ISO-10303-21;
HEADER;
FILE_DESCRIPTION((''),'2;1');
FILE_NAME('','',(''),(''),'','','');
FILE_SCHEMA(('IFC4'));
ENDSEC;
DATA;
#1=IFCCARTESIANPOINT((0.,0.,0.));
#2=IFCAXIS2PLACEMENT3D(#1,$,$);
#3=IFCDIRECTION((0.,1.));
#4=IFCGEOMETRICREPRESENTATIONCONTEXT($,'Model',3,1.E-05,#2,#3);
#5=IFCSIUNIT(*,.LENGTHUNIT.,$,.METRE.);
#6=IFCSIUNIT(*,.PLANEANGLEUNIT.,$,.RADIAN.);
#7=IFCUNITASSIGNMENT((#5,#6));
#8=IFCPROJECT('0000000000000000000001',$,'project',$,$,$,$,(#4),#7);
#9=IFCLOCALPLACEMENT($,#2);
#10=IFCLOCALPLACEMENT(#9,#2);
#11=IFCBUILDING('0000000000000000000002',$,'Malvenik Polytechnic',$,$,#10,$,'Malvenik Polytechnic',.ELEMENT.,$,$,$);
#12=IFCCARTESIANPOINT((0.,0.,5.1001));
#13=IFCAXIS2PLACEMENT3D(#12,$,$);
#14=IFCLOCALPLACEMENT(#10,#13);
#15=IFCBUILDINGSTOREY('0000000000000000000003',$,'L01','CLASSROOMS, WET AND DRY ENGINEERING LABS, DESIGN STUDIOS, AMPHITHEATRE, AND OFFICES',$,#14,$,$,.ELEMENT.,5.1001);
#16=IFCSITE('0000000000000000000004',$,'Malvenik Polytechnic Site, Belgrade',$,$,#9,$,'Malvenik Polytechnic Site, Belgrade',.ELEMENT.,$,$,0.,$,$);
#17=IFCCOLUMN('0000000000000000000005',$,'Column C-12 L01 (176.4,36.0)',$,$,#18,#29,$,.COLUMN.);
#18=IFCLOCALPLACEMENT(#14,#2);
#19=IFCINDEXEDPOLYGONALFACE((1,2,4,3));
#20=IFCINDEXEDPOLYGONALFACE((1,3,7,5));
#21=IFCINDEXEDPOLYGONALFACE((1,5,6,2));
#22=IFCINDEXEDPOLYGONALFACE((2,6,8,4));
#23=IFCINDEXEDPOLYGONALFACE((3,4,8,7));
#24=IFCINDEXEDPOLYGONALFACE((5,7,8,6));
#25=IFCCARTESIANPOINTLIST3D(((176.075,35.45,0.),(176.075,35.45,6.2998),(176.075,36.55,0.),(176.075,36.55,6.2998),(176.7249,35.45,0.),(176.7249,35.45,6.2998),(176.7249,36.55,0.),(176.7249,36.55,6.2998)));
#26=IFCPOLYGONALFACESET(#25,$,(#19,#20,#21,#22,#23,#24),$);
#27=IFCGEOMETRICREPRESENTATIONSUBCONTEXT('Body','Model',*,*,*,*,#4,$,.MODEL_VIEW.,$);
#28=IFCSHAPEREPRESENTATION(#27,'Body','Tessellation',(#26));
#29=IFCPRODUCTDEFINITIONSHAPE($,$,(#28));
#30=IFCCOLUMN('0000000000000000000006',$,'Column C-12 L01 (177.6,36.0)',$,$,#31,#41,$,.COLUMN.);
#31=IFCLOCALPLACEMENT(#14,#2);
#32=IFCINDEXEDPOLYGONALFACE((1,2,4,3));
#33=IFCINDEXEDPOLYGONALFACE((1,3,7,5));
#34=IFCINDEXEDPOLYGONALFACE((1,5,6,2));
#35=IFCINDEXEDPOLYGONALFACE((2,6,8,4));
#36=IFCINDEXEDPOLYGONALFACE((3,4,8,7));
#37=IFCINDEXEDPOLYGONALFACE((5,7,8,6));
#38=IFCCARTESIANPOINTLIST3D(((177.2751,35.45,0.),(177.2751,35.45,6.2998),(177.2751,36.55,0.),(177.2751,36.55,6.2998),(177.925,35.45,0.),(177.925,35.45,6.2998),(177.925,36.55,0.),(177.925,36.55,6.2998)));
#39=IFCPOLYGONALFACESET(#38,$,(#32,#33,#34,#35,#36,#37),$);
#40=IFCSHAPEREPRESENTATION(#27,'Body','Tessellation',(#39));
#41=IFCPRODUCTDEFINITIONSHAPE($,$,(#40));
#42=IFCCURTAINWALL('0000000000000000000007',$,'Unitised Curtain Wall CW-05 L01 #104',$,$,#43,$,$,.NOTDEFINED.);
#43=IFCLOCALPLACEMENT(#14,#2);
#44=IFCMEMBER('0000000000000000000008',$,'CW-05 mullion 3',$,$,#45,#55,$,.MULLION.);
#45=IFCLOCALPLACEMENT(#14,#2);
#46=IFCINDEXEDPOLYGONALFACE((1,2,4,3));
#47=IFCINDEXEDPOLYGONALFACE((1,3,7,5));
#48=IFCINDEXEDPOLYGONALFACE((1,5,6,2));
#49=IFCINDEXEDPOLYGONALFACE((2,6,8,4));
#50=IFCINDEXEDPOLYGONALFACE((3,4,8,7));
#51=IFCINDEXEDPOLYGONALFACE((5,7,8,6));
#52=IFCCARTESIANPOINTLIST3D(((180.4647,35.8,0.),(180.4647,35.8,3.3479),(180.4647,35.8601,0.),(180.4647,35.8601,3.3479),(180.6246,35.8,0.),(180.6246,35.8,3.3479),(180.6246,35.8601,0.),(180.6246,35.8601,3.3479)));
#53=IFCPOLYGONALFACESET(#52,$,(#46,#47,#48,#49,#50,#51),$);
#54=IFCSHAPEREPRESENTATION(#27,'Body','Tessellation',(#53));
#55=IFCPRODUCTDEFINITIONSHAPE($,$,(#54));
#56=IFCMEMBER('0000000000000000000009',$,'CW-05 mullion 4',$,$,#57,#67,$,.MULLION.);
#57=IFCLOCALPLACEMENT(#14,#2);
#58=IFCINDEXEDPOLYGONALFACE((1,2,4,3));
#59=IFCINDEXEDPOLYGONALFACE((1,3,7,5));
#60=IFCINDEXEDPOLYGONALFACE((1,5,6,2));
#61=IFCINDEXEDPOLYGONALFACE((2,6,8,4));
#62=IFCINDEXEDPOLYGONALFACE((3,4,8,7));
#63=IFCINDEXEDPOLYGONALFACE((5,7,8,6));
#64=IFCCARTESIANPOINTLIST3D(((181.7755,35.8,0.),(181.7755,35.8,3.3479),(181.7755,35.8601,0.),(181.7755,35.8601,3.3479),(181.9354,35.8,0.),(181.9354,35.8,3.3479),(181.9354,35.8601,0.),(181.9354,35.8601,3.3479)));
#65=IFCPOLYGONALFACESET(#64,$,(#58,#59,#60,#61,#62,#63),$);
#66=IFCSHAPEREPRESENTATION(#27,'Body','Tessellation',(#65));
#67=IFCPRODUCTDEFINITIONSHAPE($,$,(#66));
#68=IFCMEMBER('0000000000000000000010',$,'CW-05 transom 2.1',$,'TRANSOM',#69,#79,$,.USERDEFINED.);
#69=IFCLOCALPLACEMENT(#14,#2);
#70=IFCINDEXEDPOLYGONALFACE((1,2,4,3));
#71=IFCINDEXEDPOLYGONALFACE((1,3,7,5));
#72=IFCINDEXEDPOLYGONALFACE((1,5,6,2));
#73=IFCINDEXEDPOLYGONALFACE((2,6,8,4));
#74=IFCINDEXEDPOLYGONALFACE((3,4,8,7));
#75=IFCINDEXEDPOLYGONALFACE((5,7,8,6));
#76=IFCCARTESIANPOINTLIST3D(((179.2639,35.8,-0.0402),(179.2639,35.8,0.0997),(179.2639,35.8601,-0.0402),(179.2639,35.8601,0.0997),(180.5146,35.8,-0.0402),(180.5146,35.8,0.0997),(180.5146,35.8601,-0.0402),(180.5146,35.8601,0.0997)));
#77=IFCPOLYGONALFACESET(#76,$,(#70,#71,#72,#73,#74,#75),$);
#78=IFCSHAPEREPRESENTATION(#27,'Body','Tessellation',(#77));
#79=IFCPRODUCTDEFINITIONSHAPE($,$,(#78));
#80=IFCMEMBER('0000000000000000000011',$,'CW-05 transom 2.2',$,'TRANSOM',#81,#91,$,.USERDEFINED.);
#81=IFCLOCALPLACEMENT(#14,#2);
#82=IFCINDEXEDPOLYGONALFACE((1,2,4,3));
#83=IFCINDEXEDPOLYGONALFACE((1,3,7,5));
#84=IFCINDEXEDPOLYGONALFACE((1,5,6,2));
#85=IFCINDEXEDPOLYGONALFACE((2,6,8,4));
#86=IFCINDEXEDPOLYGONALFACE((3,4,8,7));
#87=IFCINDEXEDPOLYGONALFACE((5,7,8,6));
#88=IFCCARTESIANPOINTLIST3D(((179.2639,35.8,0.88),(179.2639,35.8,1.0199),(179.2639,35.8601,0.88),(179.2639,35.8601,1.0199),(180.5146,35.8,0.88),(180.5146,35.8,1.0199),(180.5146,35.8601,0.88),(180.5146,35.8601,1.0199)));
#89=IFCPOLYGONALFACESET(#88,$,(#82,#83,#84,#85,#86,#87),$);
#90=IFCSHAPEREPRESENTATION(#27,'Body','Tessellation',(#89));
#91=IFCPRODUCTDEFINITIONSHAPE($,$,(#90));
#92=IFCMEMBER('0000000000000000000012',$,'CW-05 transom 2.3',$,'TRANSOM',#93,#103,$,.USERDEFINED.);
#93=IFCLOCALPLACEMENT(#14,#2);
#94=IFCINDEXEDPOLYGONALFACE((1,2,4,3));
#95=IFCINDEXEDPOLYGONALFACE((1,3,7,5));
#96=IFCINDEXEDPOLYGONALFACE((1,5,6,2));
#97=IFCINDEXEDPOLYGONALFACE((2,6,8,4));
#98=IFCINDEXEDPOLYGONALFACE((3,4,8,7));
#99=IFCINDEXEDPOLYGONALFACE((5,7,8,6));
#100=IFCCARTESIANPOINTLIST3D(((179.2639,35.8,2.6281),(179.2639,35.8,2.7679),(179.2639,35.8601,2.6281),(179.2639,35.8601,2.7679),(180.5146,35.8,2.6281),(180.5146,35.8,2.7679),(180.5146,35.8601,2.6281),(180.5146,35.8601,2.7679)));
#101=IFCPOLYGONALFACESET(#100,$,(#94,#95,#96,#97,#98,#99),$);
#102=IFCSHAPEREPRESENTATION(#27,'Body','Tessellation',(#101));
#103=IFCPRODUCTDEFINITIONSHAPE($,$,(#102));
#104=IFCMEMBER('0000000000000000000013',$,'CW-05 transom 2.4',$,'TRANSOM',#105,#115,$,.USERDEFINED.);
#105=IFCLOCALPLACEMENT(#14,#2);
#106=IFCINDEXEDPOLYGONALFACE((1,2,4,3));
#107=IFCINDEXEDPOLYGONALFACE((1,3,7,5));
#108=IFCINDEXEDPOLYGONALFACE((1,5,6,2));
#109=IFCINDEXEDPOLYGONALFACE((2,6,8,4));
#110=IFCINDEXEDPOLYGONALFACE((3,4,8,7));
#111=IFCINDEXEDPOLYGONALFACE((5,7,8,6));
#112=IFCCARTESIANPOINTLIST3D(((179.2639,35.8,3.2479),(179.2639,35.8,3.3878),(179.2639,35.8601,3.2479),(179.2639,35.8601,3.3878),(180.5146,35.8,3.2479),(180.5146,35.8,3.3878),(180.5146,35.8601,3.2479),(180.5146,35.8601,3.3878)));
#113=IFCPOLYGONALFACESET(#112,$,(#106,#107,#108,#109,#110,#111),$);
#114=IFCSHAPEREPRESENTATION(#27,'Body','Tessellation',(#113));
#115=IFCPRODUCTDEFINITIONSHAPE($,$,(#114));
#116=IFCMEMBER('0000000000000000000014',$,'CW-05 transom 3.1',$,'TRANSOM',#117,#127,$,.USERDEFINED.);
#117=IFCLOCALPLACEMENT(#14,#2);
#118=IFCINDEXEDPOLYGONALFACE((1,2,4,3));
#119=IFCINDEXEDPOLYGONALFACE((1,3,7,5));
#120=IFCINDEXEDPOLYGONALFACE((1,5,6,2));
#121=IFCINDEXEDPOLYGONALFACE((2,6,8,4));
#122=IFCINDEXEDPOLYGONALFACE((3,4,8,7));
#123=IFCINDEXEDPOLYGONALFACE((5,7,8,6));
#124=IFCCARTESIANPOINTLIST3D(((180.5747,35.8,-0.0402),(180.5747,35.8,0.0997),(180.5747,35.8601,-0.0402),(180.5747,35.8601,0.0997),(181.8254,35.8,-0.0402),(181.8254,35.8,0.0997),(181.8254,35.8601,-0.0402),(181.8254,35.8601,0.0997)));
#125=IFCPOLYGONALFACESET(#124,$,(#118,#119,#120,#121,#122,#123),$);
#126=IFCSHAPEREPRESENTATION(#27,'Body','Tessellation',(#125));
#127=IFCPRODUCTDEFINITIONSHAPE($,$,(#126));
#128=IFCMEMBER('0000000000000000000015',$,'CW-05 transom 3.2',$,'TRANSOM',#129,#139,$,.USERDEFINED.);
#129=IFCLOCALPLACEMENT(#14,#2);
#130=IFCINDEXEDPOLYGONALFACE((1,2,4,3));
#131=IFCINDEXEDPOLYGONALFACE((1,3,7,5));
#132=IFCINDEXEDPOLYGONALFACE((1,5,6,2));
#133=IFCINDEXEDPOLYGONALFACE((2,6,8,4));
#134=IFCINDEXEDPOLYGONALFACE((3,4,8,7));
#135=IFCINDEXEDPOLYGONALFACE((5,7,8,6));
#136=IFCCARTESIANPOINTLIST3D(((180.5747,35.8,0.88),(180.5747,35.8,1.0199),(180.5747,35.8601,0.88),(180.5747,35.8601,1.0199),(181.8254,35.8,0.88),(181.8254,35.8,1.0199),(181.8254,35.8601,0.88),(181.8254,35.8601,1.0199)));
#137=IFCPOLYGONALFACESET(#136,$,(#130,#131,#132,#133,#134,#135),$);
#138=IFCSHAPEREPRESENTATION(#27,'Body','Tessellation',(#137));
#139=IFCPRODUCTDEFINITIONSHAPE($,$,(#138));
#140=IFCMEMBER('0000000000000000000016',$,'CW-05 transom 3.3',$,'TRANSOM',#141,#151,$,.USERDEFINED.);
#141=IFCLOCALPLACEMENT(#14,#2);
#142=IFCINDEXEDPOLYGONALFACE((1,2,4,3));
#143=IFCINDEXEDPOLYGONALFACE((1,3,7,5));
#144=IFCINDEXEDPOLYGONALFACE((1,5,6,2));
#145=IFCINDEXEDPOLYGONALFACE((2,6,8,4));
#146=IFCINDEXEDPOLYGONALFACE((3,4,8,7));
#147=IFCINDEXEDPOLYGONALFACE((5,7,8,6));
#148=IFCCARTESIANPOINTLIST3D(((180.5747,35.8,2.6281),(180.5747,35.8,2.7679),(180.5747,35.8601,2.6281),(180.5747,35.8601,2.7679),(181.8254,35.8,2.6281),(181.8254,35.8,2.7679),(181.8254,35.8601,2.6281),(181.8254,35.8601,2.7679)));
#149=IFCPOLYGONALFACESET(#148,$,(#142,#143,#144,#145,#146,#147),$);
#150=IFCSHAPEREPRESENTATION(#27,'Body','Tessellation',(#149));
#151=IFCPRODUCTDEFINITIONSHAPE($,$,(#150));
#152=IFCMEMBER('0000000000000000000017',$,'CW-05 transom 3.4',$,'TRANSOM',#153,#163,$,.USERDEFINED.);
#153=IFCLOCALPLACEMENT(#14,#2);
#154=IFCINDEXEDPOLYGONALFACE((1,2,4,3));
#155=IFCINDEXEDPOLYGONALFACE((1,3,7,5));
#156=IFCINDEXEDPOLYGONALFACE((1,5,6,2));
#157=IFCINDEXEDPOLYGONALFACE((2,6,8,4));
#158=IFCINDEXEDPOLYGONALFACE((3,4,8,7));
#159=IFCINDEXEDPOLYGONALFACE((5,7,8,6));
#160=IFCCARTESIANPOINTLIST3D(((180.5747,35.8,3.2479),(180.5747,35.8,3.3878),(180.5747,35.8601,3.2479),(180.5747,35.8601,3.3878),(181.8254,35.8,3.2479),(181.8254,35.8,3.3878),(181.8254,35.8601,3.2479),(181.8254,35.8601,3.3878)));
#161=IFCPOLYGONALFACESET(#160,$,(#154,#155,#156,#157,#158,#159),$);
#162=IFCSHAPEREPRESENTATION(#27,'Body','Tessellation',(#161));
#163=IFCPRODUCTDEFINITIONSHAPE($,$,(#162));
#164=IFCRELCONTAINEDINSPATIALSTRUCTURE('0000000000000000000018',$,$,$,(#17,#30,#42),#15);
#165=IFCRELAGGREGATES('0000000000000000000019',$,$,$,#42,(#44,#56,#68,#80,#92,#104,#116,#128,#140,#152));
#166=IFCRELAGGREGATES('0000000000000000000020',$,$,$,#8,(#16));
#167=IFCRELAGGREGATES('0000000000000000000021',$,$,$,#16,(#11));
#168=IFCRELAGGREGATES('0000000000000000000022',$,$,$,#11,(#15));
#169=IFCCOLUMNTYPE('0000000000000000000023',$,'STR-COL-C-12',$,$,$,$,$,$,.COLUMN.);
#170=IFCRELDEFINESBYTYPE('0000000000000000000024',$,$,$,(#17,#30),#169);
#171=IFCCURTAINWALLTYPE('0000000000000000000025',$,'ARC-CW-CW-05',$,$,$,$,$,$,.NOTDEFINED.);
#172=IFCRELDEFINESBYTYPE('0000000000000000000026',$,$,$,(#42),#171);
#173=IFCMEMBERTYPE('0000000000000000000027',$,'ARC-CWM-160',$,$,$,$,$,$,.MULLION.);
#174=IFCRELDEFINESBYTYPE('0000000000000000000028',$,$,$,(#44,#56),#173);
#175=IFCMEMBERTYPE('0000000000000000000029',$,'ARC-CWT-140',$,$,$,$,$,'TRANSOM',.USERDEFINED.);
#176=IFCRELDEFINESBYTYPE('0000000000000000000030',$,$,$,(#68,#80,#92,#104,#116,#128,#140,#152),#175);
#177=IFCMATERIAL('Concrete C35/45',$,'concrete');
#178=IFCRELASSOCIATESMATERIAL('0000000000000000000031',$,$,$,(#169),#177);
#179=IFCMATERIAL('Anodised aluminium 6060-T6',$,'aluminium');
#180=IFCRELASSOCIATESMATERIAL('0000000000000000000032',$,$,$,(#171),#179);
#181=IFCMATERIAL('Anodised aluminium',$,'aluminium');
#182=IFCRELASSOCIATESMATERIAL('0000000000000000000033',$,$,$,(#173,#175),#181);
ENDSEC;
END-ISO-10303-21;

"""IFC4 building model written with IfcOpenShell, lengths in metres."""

from ifc_helpers import new_model, si_unit, direction, frame, origin, origin_2d, place, context, subcontext, project, spatial, rectangle, extrude, material, material_profile, profile_set, type_object, element, aggregate, save


model = new_model("IFC4")

# Units and contexts
model_context = context("Model", 3, precision=1e-05, world=origin(), true_north=direction((0.0, 1.0)))
body_context = subcontext(model_context, "Body", "Model", "MODEL_VIEW")
ifc_project = project(units=[si_unit("LENGTHUNIT", "METRE"), si_unit("PLANEANGLEUNIT", "RADIAN")], contexts=[model_context])

# Site, building, storey
site_placement = place(None, origin())
site = spatial("IfcSite", under=ifc_project, at=site_placement, Name="Malvenik Polytechnic Site, Belgrade", LongName="Malvenik Polytechnic Site, Belgrade", CompositionType="ELEMENT", RefElevation=0.0)
building_placement = place(site_placement, origin())
building = spatial("IfcBuilding", under=site, at=building_placement, Name="Malvenik Polytechnic", LongName="Malvenik Polytechnic", CompositionType="ELEMENT")
storey_placement = place(building_placement, frame((0.0, 0.0, 5.1001)))
storey = spatial("IfcBuildingStorey", under=building, at=storey_placement, Name="L01", Description="CLASSROOMS, WET AND DRY ENGINEERING LABS, DESIGN STUDIOS, AMPHITHEATRE, AND OFFICES", CompositionType="ELEMENT", Elevation=5.1001)

# Columns
ifc_material_1 = material(Name="Concrete C35/45", Category="concrete")
ifc_material_profile_1 = material_profile(ifc_material_1, rectangle(XDim=0.6499, YDim=1.1001, at=origin_2d()), Name="RC COL 1100x650")
ifc_profile_set_1 = profile_set([ifc_material_profile_1], Name="Concrete C35/45")
column_type = type_object("IfcColumnType", Name="STR-COL-C-12", PredefinedType="COLUMN", material=ifc_profile_set_1)
for number, where, z_axis, x_axis, name in (
    (1, (176.3999, 36.0, 0.0), (0.0, 0.0, 1.0), (1.0, 0.0, 0.0), "Column C-12 L01 (176.4,36.0)"),
    (2, (177.6001, 36.0, 0.0), (0.0, 0.0, 1.0), (1.0, 0.0, 0.0), "Column C-12 L01 (177.6,36.0)"),
):
    element("IfcColumn", number, at=place(storey_placement, frame(where, z_axis=z_axis, x_axis=x_axis)), inside=storey, type_object=column_type, Name=name, PredefinedType="COLUMN", context=body_context, shape_type="SweptSolid", body=[
        extrude(rectangle(XDim=0.6499, YDim=1.1001, at=origin_2d()), origin(), (0.0, 0.0, 1.0), 6.2998),
    ])

# Curtain wall, members
ifc_material_2 = material(Name="Anodised aluminium 6060-T6", Category="aluminium")
curtain_wall_type = type_object("IfcCurtainWallType", Name="ARC-CW-CW-05", PredefinedType="NOTDEFINED", material=ifc_material_2)
curtain_wall_placement = place(storey_placement, origin())
curtain_wall = element("IfcCurtainWall", 3, at=curtain_wall_placement, inside=storey, type_object=curtain_wall_type, Name="Unitised Curtain Wall CW-05 L01 #104", PredefinedType="NOTDEFINED")
ifc_material_3 = material(Name="Anodised aluminium", Category="aluminium")
ifc_material_profile_2 = material_profile(ifc_material_3, rectangle(XDim=0.0601, YDim=0.1599, at=origin_2d()), Name="ALU MULLION 60x160")
ifc_profile_set_2 = profile_set([ifc_material_profile_2], Name="Anodised aluminium")
member_type_1 = type_object("IfcMemberType", Name="ARC-CWM-160", PredefinedType="MULLION", material=ifc_profile_set_2)
member_1_placement = place(storey_placement, frame((180.5447, 35.8301, 0.0), z_axis=(0.0, 0.0, 1.0), x_axis=(0.0, 1.0, 0.0)))
member_1 = element("IfcMember", 4, at=member_1_placement, type_object=member_type_1, Name="CW-05 mullion 3", PredefinedType="MULLION", context=body_context, shape_type="SweptSolid", body=[
    extrude(rectangle(XDim=0.0601, YDim=0.1599, at=origin_2d()), origin(), (0.0, 0.0, 1.0), 3.3479),
])
member_2_placement = place(storey_placement, frame((181.8555, 35.8301, 0.0), z_axis=(0.0, 0.0, 1.0), x_axis=(0.0, 1.0, 0.0)))
member_2 = element("IfcMember", 5, at=member_2_placement, type_object=member_type_1, Name="CW-05 mullion 4", PredefinedType="MULLION", context=body_context, shape_type="SweptSolid", body=[
    extrude(rectangle(XDim=0.0601, YDim=0.1599, at=origin_2d()), origin(), (0.0, 0.0, 1.0), 3.3479),
])
ifc_material_profile_3 = material_profile(ifc_material_3, rectangle(XDim=0.0601, YDim=0.1399, at=origin_2d()), Name="ALU TRANSOM 60x140")
ifc_profile_set_3 = profile_set([ifc_material_profile_3], Name="Anodised aluminium")
member_type_2 = type_object("IfcMemberType", Name="ARC-CWT-140", ElementType="TRANSOM", PredefinedType="USERDEFINED", material=ifc_profile_set_3)
member_3_placement = place(storey_placement, frame((179.2639, 35.8301, 0.0298), z_axis=(1.0, 0.0, 0.0), x_axis=(0.0, 1.0, 0.0)))
member_3 = element("IfcMember", 6, at=member_3_placement, type_object=member_type_2, Name="CW-05 transom 2.1", ObjectType="TRANSOM", PredefinedType="USERDEFINED", context=body_context, shape_type="SweptSolid", body=[
    extrude(rectangle(XDim=0.0601, YDim=0.1399, at=origin_2d()), origin(), (0.0, 0.0, 1.0), 1.2507),
])
member_4_placement = place(storey_placement, frame((179.2639, 35.8301, 0.95), z_axis=(1.0, 0.0, 0.0), x_axis=(0.0, 1.0, 0.0)))
member_4 = element("IfcMember", 7, at=member_4_placement, type_object=member_type_2, Name="CW-05 transom 2.2", ObjectType="TRANSOM", PredefinedType="USERDEFINED", context=body_context, shape_type="SweptSolid", body=[
    extrude(rectangle(XDim=0.0601, YDim=0.1399, at=origin_2d()), origin(), (0.0, 0.0, 1.0), 1.2507),
])
member_5_placement = place(storey_placement, frame((179.2639, 35.8301, 2.698), z_axis=(1.0, 0.0, 0.0), x_axis=(0.0, 1.0, 0.0)))
member_5 = element("IfcMember", 8, at=member_5_placement, type_object=member_type_2, Name="CW-05 transom 2.3", ObjectType="TRANSOM", PredefinedType="USERDEFINED", context=body_context, shape_type="SweptSolid", body=[
    extrude(rectangle(XDim=0.0601, YDim=0.1399, at=origin_2d()), origin(), (0.0, 0.0, 1.0), 1.2507),
])
member_6_placement = place(storey_placement, frame((179.2639, 35.8301, 3.3179), z_axis=(1.0, 0.0, 0.0), x_axis=(0.0, 1.0, 0.0)))
member_6 = element("IfcMember", 9, at=member_6_placement, type_object=member_type_2, Name="CW-05 transom 2.4", ObjectType="TRANSOM", PredefinedType="USERDEFINED", context=body_context, shape_type="SweptSolid", body=[
    extrude(rectangle(XDim=0.0601, YDim=0.1399, at=origin_2d()), origin(), (0.0, 0.0, 1.0), 1.2507),
])
member_7_placement = place(storey_placement, frame((180.5747, 35.8301, 0.0298), z_axis=(1.0, 0.0, 0.0), x_axis=(0.0, 1.0, 0.0)))
member_7 = element("IfcMember", 10, at=member_7_placement, type_object=member_type_2, Name="CW-05 transom 3.1", ObjectType="TRANSOM", PredefinedType="USERDEFINED", context=body_context, shape_type="SweptSolid", body=[
    extrude(rectangle(XDim=0.0601, YDim=0.1399, at=origin_2d()), origin(), (0.0, 0.0, 1.0), 1.2507),
])
member_8_placement = place(storey_placement, frame((180.5747, 35.8301, 0.95), z_axis=(1.0, 0.0, 0.0), x_axis=(0.0, 1.0, 0.0)))
member_8 = element("IfcMember", 11, at=member_8_placement, type_object=member_type_2, Name="CW-05 transom 3.2", ObjectType="TRANSOM", PredefinedType="USERDEFINED", context=body_context, shape_type="SweptSolid", body=[
    extrude(rectangle(XDim=0.0601, YDim=0.1399, at=origin_2d()), origin(), (0.0, 0.0, 1.0), 1.2507),
])
member_9_placement = place(storey_placement, frame((180.5747, 35.8301, 2.698), z_axis=(1.0, 0.0, 0.0), x_axis=(0.0, 1.0, 0.0)))
member_9 = element("IfcMember", 12, at=member_9_placement, type_object=member_type_2, Name="CW-05 transom 3.3", ObjectType="TRANSOM", PredefinedType="USERDEFINED", context=body_context, shape_type="SweptSolid", body=[
    extrude(rectangle(XDim=0.0601, YDim=0.1399, at=origin_2d()), origin(), (0.0, 0.0, 1.0), 1.2507),
])
member_10_placement = place(storey_placement, frame((180.5747, 35.8301, 3.3179), z_axis=(1.0, 0.0, 0.0), x_axis=(0.0, 1.0, 0.0)))
member_10 = element("IfcMember", 13, at=member_10_placement, type_object=member_type_2, Name="CW-05 transom 3.4", ObjectType="TRANSOM", PredefinedType="USERDEFINED", context=body_context, shape_type="SweptSolid", body=[
    extrude(rectangle(XDim=0.0601, YDim=0.1399, at=origin_2d()), origin(), (0.0, 0.0, 1.0), 1.2507),
])

aggregate(curtain_wall, [member_1, member_2, member_3, member_4, member_5, member_6, member_7, member_8, member_9, member_10])

save(model, "model.ifc")
